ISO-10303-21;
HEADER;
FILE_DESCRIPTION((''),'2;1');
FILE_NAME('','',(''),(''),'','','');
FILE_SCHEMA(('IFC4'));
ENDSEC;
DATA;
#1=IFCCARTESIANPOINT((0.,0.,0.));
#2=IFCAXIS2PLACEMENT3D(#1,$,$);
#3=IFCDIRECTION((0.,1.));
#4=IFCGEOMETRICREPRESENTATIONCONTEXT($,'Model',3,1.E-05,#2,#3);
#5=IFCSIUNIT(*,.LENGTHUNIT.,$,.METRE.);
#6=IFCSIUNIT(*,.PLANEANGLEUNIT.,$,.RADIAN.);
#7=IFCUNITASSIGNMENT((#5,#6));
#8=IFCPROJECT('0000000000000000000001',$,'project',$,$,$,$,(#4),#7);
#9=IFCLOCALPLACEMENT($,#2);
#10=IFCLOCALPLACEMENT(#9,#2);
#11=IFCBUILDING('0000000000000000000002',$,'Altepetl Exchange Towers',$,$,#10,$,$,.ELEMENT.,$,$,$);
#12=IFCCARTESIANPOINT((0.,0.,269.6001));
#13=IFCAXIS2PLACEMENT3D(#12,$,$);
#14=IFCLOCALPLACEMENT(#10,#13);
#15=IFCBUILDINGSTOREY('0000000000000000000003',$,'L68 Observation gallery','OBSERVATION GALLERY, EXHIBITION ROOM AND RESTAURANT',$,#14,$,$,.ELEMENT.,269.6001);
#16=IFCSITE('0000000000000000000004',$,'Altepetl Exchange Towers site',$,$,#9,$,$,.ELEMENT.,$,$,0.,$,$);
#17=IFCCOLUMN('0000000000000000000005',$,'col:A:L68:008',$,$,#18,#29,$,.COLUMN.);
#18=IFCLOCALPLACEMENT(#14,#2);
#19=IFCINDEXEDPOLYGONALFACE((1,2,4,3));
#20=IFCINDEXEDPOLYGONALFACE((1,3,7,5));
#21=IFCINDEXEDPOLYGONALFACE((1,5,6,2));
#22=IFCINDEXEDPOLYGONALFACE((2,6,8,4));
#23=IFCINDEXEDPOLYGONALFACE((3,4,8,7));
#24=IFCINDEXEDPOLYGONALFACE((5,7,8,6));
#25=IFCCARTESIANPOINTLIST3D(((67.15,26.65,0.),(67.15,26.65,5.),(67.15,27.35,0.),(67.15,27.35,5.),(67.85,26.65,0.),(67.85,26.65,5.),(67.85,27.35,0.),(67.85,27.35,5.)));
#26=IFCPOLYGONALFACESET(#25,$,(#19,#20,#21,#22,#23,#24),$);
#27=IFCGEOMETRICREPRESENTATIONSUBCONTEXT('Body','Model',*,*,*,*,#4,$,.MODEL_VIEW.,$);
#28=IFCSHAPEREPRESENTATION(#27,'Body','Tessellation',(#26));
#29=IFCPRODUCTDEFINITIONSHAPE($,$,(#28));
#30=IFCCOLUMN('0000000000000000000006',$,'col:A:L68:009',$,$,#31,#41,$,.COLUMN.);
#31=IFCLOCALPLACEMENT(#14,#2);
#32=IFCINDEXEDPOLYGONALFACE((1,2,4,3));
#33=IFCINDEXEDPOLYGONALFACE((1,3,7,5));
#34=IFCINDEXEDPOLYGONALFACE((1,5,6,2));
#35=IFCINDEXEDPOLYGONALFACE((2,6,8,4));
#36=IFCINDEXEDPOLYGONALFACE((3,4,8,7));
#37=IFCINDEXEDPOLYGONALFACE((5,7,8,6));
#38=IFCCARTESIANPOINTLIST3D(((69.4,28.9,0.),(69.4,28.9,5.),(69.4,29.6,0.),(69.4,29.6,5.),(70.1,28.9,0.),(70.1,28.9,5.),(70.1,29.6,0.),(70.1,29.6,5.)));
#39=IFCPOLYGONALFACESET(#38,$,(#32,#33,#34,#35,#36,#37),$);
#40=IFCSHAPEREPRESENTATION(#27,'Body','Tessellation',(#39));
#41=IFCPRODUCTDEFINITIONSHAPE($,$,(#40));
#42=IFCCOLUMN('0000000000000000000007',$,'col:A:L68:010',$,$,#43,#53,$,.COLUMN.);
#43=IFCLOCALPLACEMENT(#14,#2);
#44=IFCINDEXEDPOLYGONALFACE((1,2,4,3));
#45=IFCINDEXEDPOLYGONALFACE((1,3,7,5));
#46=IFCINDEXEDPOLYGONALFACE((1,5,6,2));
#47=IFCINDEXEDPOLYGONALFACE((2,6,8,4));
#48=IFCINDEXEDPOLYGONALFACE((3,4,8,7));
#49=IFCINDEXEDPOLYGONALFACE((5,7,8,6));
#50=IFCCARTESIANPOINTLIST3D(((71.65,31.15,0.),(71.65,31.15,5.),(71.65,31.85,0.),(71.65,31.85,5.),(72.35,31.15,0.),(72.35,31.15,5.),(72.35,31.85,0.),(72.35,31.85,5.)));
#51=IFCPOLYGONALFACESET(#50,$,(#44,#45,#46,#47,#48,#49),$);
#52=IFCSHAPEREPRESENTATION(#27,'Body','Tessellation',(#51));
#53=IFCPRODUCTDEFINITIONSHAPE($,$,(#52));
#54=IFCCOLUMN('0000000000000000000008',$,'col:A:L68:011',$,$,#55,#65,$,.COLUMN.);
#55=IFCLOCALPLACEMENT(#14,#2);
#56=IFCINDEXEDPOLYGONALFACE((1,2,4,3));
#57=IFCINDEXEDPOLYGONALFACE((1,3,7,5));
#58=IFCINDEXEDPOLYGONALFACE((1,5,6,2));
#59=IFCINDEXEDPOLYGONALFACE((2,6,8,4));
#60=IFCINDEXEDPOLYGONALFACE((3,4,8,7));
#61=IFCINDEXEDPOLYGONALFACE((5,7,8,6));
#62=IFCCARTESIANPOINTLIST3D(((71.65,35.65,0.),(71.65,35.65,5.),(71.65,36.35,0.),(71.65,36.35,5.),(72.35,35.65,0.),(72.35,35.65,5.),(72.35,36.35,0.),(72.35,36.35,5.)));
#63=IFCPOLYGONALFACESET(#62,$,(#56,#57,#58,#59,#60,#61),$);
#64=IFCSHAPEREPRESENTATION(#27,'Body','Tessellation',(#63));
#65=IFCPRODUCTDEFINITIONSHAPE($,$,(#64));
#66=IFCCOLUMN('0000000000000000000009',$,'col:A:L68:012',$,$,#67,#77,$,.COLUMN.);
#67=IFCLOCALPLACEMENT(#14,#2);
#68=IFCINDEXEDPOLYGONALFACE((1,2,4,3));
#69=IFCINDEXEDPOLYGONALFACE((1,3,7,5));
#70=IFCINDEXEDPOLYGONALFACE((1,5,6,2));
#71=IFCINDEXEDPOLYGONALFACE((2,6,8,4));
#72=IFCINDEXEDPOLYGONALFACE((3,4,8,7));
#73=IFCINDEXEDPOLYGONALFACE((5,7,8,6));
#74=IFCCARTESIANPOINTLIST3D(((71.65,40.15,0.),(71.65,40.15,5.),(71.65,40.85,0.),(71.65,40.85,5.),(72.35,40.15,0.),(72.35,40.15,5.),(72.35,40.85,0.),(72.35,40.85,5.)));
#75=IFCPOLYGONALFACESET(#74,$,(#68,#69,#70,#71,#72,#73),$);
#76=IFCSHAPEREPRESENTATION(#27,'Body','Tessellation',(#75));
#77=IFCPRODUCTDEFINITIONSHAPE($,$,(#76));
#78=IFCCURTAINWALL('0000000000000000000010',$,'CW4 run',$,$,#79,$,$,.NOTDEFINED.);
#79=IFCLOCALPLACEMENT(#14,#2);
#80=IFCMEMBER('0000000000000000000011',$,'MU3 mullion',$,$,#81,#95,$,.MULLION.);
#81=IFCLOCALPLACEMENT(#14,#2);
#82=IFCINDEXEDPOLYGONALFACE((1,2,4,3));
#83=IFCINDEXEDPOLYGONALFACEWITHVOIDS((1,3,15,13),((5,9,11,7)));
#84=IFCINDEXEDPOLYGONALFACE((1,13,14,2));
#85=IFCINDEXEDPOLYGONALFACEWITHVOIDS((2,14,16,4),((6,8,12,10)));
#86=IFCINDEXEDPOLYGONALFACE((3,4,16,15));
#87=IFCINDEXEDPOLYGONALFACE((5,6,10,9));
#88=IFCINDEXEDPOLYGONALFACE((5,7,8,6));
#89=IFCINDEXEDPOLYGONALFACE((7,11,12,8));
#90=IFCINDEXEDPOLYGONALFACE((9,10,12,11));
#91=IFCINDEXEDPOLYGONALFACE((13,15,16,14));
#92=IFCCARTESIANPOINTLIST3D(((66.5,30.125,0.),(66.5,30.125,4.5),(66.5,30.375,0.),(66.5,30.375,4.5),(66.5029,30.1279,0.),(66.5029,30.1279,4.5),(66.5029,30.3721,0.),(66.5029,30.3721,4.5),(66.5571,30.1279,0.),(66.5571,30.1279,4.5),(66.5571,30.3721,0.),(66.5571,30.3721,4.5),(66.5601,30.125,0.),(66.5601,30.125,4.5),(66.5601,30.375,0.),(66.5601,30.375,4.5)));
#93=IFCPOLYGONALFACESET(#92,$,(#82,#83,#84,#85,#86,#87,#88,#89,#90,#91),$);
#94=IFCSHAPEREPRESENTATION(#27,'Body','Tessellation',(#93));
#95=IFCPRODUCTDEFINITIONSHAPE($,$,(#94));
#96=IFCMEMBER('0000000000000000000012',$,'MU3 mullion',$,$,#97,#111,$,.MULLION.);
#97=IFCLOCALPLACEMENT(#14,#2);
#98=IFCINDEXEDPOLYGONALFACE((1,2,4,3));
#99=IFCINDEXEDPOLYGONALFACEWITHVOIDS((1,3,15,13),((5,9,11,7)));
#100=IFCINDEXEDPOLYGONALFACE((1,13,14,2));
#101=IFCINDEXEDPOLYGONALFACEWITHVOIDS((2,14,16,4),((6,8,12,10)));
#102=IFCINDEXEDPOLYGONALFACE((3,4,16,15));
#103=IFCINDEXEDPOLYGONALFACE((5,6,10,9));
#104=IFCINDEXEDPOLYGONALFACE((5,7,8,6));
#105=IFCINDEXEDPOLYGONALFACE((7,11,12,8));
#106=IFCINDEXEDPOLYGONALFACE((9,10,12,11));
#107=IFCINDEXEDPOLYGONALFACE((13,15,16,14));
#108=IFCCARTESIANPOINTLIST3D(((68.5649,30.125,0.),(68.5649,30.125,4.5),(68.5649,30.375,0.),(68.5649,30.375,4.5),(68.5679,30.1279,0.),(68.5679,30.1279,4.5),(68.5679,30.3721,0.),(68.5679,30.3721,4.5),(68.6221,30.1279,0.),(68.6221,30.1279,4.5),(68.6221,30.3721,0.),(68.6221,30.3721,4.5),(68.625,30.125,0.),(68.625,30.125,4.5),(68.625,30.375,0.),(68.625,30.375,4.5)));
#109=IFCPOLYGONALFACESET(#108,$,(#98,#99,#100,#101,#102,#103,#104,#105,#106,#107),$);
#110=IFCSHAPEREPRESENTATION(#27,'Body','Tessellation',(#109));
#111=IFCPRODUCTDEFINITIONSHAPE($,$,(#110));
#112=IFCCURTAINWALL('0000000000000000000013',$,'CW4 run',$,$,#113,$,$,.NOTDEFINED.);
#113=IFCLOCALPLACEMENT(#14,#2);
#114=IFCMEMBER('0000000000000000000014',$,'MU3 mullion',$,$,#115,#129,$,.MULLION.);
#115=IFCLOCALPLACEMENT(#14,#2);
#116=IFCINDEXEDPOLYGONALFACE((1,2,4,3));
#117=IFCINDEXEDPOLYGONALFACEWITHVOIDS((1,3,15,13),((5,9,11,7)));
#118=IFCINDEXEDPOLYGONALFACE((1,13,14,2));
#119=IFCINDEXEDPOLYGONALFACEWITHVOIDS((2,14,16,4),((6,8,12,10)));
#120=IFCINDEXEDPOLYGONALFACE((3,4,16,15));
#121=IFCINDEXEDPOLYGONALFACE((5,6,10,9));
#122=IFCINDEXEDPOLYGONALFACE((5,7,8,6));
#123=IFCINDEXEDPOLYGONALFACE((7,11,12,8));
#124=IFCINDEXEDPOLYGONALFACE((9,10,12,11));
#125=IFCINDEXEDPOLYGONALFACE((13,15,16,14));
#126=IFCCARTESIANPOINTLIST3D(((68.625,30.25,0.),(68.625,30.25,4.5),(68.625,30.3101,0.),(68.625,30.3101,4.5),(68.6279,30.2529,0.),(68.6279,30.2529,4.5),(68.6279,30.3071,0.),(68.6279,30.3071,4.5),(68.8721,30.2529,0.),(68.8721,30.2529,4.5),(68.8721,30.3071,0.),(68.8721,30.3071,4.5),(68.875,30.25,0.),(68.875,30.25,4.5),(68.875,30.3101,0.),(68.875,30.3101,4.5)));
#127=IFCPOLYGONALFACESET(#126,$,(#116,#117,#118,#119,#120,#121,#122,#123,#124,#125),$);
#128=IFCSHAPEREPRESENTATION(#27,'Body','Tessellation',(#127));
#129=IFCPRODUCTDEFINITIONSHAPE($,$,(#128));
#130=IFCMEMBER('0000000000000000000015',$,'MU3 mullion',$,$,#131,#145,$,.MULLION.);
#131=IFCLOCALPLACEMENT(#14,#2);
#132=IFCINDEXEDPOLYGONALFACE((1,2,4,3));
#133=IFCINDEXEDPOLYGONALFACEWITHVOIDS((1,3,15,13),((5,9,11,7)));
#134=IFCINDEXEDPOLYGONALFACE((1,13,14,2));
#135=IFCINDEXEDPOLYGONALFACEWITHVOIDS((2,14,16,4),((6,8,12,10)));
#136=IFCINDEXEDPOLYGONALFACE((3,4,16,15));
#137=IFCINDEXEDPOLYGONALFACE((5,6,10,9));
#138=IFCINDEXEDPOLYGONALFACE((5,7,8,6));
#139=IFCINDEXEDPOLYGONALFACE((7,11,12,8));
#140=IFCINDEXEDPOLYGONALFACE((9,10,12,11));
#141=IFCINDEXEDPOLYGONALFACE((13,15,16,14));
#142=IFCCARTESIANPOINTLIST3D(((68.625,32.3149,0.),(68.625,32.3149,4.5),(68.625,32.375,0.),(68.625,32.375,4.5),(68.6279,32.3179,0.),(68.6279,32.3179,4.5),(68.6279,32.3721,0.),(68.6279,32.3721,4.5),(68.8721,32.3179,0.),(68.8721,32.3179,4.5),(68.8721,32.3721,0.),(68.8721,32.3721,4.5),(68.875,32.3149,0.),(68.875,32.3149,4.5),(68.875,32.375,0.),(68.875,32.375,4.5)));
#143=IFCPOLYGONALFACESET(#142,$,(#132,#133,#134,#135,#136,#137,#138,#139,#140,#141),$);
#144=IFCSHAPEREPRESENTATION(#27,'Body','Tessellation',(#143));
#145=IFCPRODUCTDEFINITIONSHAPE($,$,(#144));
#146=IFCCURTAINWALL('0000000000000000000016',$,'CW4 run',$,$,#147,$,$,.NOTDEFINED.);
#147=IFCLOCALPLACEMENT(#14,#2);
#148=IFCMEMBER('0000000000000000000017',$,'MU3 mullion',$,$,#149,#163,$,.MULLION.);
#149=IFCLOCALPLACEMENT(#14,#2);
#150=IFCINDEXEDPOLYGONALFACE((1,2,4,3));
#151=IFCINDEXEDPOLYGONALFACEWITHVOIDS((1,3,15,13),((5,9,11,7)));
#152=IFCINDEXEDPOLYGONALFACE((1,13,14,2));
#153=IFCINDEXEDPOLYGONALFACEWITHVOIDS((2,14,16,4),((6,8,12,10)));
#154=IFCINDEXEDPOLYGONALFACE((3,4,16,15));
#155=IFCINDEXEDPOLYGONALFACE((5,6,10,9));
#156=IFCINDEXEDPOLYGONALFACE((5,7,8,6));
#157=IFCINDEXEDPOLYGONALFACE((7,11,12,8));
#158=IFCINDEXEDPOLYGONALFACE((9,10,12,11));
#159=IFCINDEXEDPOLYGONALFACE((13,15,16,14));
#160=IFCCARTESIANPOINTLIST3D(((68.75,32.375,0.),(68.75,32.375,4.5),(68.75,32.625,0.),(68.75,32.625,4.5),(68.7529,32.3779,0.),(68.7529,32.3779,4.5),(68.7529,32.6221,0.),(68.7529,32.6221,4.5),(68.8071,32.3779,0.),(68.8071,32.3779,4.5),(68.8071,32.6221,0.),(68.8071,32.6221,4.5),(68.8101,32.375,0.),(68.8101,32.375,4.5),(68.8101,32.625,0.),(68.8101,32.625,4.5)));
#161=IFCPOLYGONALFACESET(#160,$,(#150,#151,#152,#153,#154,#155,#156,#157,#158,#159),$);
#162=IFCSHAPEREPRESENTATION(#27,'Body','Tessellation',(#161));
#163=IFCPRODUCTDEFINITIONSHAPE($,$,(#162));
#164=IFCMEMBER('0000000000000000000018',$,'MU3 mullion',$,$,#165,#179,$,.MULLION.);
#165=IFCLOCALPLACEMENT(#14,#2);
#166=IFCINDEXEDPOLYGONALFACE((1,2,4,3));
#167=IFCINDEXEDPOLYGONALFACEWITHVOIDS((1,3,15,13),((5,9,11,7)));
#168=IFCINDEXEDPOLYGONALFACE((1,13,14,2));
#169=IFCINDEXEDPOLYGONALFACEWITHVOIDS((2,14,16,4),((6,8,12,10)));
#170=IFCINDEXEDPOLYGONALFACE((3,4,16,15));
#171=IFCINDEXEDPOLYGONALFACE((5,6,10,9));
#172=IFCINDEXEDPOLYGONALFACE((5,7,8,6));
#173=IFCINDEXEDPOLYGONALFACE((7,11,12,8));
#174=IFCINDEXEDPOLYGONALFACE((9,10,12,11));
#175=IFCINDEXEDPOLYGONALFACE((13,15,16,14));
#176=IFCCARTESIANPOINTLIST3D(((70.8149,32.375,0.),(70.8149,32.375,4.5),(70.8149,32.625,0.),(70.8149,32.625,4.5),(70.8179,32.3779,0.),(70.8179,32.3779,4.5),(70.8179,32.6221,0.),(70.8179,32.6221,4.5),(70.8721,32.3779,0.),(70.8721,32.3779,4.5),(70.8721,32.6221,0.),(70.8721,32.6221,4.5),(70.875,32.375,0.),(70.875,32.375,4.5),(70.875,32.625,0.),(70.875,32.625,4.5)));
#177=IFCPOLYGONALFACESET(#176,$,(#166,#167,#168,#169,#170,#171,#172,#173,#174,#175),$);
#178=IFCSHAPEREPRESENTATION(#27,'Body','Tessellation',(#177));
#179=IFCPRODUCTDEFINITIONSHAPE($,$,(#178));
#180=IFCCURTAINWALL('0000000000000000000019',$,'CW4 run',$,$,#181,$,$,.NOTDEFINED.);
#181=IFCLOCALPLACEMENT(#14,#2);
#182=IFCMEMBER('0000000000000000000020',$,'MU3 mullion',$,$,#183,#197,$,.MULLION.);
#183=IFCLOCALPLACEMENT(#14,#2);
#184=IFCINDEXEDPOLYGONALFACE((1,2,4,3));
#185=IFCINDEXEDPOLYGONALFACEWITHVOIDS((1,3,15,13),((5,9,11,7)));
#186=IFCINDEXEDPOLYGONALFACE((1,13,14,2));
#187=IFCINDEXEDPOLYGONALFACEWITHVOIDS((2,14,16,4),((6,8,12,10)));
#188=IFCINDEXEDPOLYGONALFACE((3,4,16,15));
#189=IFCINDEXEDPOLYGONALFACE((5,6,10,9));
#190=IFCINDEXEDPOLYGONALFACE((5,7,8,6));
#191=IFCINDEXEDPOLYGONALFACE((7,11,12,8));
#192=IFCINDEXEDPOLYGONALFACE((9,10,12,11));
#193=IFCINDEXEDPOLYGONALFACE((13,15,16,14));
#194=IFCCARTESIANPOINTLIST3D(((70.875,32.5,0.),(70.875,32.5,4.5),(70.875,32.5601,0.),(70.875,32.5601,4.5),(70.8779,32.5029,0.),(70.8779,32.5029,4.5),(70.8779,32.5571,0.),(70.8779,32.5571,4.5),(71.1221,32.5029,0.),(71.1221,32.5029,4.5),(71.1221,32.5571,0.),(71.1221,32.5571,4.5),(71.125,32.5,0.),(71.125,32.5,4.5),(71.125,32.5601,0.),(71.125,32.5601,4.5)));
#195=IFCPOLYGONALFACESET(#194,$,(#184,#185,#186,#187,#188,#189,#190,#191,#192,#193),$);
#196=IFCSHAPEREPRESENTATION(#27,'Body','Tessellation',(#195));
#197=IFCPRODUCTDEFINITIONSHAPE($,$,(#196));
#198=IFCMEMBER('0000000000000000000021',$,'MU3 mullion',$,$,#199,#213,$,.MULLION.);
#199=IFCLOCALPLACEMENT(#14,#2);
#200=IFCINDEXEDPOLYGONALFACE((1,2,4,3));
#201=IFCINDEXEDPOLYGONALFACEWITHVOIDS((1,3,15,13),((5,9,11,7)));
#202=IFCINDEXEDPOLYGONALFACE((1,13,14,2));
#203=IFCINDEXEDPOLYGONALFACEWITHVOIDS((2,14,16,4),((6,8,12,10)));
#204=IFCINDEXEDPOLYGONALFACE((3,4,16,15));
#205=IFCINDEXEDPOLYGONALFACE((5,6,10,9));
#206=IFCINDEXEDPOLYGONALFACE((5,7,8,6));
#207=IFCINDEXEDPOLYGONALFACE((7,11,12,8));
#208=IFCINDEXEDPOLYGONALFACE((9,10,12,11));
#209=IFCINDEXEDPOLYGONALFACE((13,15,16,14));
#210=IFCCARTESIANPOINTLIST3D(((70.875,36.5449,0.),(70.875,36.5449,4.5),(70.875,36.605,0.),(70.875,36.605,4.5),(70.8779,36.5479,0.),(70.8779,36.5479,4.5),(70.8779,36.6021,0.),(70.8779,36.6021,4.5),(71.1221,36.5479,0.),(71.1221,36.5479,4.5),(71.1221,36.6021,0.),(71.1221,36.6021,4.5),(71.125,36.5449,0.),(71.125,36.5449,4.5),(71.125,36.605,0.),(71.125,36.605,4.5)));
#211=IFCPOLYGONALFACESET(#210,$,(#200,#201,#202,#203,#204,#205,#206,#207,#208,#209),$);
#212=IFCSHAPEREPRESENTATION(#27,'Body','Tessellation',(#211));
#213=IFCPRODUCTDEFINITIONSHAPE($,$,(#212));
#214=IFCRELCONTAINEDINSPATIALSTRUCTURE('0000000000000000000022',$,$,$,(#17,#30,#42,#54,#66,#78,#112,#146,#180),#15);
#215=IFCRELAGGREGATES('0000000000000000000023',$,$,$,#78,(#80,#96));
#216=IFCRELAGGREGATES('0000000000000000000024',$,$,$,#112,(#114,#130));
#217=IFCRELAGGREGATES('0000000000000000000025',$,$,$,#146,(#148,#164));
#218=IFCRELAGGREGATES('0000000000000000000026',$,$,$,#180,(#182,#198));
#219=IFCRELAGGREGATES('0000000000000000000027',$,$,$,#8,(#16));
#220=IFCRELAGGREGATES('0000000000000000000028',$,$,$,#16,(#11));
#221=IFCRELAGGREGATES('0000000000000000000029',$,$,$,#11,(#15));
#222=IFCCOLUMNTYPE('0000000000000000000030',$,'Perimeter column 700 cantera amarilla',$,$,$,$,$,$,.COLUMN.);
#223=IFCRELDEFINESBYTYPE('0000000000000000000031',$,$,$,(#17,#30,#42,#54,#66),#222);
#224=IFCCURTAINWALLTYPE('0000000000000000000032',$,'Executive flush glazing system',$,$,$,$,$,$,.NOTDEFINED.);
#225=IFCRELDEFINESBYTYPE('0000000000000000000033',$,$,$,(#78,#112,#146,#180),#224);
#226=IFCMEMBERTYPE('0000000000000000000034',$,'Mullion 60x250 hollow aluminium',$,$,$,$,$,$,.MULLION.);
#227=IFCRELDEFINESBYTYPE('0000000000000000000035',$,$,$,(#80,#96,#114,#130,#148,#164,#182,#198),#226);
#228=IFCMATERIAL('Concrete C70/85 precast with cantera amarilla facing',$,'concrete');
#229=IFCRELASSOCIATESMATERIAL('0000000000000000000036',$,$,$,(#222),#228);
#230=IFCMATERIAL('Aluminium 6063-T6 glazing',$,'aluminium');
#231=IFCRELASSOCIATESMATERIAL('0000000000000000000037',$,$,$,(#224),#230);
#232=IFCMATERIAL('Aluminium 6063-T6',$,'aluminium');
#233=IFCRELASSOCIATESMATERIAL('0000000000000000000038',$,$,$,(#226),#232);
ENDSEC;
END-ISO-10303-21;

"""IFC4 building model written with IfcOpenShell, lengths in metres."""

from ifc_helpers import new_model, si_unit, direction, frame, origin, origin_2d, place, context, subcontext, project, spatial, rectangle, hollow_rectangle, extrude, material, material_profile, profile_set, type_object, element, aggregate, save


model = new_model("IFC4")

# Units and contexts
model_context = context("Model", 3, precision=1e-05, world=origin(), true_north=direction((0.0, 1.0)))
body_context = subcontext(model_context, "Body", "Model", "MODEL_VIEW")
ifc_project = project(units=[si_unit("LENGTHUNIT", "METRE"), si_unit("PLANEANGLEUNIT", "RADIAN")], contexts=[model_context])

# Site, building, storey
site_placement = place(None, origin())
site = spatial("IfcSite", under=ifc_project, at=site_placement, Name="Altepetl Exchange Towers site", CompositionType="ELEMENT", RefElevation=0.0)
building_placement = place(site_placement, origin())
building = spatial("IfcBuilding", under=site, at=building_placement, Name="Altepetl Exchange Towers", CompositionType="ELEMENT")
storey_placement = place(building_placement, frame((0.0, 0.0, 269.6001)))
storey = spatial("IfcBuildingStorey", under=building, at=storey_placement, Name="L68 Observation gallery", Description="OBSERVATION GALLERY, EXHIBITION ROOM AND RESTAURANT", CompositionType="ELEMENT", Elevation=269.6001)

# Columns
ifc_material_1 = material(Name="Concrete C70/85 precast with cantera amarilla facing", Category="concrete")
ifc_material_profile_1 = material_profile(ifc_material_1, rectangle(XDim=0.7, YDim=0.7, at=origin_2d()), Name="700 x 700")
ifc_profile_set_1 = profile_set([ifc_material_profile_1], Name="Concrete C70/85 precast with cantera amarilla facing")
column_type = type_object("IfcColumnType", Name="Perimeter column 700 cantera amarilla", PredefinedType="COLUMN", material=ifc_profile_set_1)
for number, where, name in (
    (1, (67.5, 27.0, 0.0), "col:A:L68:008"),
    (2, (69.75, 29.25, 0.0), "col:A:L68:009"),
    (3, (72.0, 31.5, 0.0), "col:A:L68:010"),
    (4, (72.0, 36.0, 0.0), "col:A:L68:011"),
    (5, (72.0, 40.5, 0.0), "col:A:L68:012"),
):
    element("IfcColumn", number, at=place(storey_placement, frame(where)), inside=storey, type_object=column_type, Name=name, PredefinedType="COLUMN", context=body_context, shape_type="SweptSolid", body=[
        extrude(rectangle(XDim=0.7, YDim=0.7, at=origin_2d()), origin(), (0.0, 0.0, 1.0), 5.0),
    ])

# Curtain walls, members
ifc_material_2 = material(Name="Aluminium 6063-T6 glazing", Category="aluminium")
curtain_wall_type = type_object("IfcCurtainWallType", Name="Executive flush glazing system", PredefinedType="NOTDEFINED", material=ifc_material_2)
curtain_wall_1_placement = place(storey_placement, origin())
curtain_wall_1 = element("IfcCurtainWall", 6, at=curtain_wall_1_placement, inside=storey, type_object=curtain_wall_type, Name="CW4 run", PredefinedType="NOTDEFINED")
ifc_material_3 = material(Name="Aluminium 6063-T6", Category="aluminium")
ifc_material_profile_2 = material_profile(ifc_material_3, hollow_rectangle(XDim=0.0601, YDim=0.25, WallThickness=0.0029, at=origin_2d()), Name="Mullion 60x250 hollow aluminium")
ifc_profile_set_2 = profile_set([ifc_material_profile_2], Name="Aluminium 6063-T6")
member_type_1 = type_object("IfcMemberType", Name="Mullion 60x250 hollow aluminium", PredefinedType="MULLION", material=ifc_profile_set_2)
member_1_placement = place(storey_placement, frame((66.53, 30.25, 0.0)))
member_1 = element("IfcMember", 7, at=member_1_placement, type_object=member_type_1, Name="MU3 mullion", PredefinedType="MULLION", context=body_context, shape_type="SweptSolid", body=[
    extrude(hollow_rectangle(XDim=0.0601, YDim=0.25, WallThickness=0.0029, at=origin_2d()), origin(), (0.0, 0.0, 1.0), 4.5),
])
member_2_placement = place(storey_placement, frame((68.595, 30.25, 0.0)))
member_2 = element("IfcMember", 8, at=member_2_placement, type_object=member_type_1, Name="MU3 mullion", PredefinedType="MULLION", context=body_context, shape_type="SweptSolid", body=[
    extrude(hollow_rectangle(XDim=0.0601, YDim=0.25, WallThickness=0.0029, at=origin_2d()), origin(), (0.0, 0.0, 1.0), 4.5),
])
curtain_wall_2_placement = place(storey_placement, origin())
curtain_wall_2 = element("IfcCurtainWall", 9, at=curtain_wall_2_placement, inside=storey, type_object=curtain_wall_type, Name="CW4 run", PredefinedType="NOTDEFINED")
member_3_placement = place(storey_placement, frame((68.75, 30.28, 0.0), z_axis=(0.0, 0.0, 1.0), x_axis=(0.0, 1.0, 0.0)))
member_3 = element("IfcMember", 10, at=member_3_placement, type_object=member_type_1, Name="MU3 mullion", PredefinedType="MULLION", context=body_context, shape_type="SweptSolid", body=[
    extrude(hollow_rectangle(XDim=0.0601, YDim=0.25, WallThickness=0.0029, at=origin_2d()), origin(), (0.0, 0.0, 1.0), 4.5),
])
member_4_placement = place(storey_placement, frame((68.75, 32.345, 0.0), z_axis=(0.0, 0.0, 1.0), x_axis=(0.0, 1.0, 0.0)))
member_4 = element("IfcMember", 11, at=member_4_placement, type_object=member_type_1, Name="MU3 mullion", PredefinedType="MULLION", context=body_context, shape_type="SweptSolid", body=[
    extrude(hollow_rectangle(XDim=0.0601, YDim=0.25, WallThickness=0.0029, at=origin_2d()), origin(), (0.0, 0.0, 1.0), 4.5),
])
curtain_wall_3_placement = place(storey_placement, origin())
curtain_wall_3 = element("IfcCurtainWall", 12, at=curtain_wall_3_placement, inside=storey, type_object=curtain_wall_type, Name="CW4 run", PredefinedType="NOTDEFINED")
member_5_placement = place(storey_placement, frame((68.78, 32.5, 0.0)))
member_5 = element("IfcMember", 13, at=member_5_placement, type_object=member_type_1, Name="MU3 mullion", PredefinedType="MULLION", context=body_context, shape_type="SweptSolid", body=[
    extrude(hollow_rectangle(XDim=0.0601, YDim=0.25, WallThickness=0.0029, at=origin_2d()), origin(), (0.0, 0.0, 1.0), 4.5),
])
member_6_placement = place(storey_placement, frame((70.845, 32.5, 0.0)))
member_6 = element("IfcMember", 14, at=member_6_placement, type_object=member_type_1, Name="MU3 mullion", PredefinedType="MULLION", context=body_context, shape_type="SweptSolid", body=[
    extrude(hollow_rectangle(XDim=0.0601, YDim=0.25, WallThickness=0.0029, at=origin_2d()), origin(), (0.0, 0.0, 1.0), 4.5),
])
curtain_wall_4_placement = place(storey_placement, origin())
curtain_wall_4 = element("IfcCurtainWall", 15, at=curtain_wall_4_placement, inside=storey, type_object=curtain_wall_type, Name="CW4 run", PredefinedType="NOTDEFINED")
member_7_placement = place(storey_placement, frame((71.0, 32.53, 0.0), z_axis=(0.0, 0.0, 1.0), x_axis=(0.0, 1.0, 0.0)))
member_7 = element("IfcMember", 16, at=member_7_placement, type_object=member_type_1, Name="MU3 mullion", PredefinedType="MULLION", context=body_context, shape_type="SweptSolid", body=[
    extrude(hollow_rectangle(XDim=0.0601, YDim=0.25, WallThickness=0.0029, at=origin_2d()), origin(), (0.0, 0.0, 1.0), 4.5),
])
member_8_placement = place(storey_placement, frame((71.0, 36.575, 0.0), z_axis=(0.0, 0.0, 1.0), x_axis=(0.0, 1.0, 0.0)))
member_8 = element("IfcMember", 17, at=member_8_placement, type_object=member_type_1, Name="MU3 mullion", PredefinedType="MULLION", context=body_context, shape_type="SweptSolid", body=[
    extrude(hollow_rectangle(XDim=0.0601, YDim=0.25, WallThickness=0.0029, at=origin_2d()), origin(), (0.0, 0.0, 1.0), 4.5),
])

aggregate(curtain_wall_1, [member_1, member_2])
aggregate(curtain_wall_2, [member_3, member_4])
aggregate(curtain_wall_3, [member_5, member_6])
aggregate(curtain_wall_4, [member_7, member_8])

save(model, "model.ifc")
